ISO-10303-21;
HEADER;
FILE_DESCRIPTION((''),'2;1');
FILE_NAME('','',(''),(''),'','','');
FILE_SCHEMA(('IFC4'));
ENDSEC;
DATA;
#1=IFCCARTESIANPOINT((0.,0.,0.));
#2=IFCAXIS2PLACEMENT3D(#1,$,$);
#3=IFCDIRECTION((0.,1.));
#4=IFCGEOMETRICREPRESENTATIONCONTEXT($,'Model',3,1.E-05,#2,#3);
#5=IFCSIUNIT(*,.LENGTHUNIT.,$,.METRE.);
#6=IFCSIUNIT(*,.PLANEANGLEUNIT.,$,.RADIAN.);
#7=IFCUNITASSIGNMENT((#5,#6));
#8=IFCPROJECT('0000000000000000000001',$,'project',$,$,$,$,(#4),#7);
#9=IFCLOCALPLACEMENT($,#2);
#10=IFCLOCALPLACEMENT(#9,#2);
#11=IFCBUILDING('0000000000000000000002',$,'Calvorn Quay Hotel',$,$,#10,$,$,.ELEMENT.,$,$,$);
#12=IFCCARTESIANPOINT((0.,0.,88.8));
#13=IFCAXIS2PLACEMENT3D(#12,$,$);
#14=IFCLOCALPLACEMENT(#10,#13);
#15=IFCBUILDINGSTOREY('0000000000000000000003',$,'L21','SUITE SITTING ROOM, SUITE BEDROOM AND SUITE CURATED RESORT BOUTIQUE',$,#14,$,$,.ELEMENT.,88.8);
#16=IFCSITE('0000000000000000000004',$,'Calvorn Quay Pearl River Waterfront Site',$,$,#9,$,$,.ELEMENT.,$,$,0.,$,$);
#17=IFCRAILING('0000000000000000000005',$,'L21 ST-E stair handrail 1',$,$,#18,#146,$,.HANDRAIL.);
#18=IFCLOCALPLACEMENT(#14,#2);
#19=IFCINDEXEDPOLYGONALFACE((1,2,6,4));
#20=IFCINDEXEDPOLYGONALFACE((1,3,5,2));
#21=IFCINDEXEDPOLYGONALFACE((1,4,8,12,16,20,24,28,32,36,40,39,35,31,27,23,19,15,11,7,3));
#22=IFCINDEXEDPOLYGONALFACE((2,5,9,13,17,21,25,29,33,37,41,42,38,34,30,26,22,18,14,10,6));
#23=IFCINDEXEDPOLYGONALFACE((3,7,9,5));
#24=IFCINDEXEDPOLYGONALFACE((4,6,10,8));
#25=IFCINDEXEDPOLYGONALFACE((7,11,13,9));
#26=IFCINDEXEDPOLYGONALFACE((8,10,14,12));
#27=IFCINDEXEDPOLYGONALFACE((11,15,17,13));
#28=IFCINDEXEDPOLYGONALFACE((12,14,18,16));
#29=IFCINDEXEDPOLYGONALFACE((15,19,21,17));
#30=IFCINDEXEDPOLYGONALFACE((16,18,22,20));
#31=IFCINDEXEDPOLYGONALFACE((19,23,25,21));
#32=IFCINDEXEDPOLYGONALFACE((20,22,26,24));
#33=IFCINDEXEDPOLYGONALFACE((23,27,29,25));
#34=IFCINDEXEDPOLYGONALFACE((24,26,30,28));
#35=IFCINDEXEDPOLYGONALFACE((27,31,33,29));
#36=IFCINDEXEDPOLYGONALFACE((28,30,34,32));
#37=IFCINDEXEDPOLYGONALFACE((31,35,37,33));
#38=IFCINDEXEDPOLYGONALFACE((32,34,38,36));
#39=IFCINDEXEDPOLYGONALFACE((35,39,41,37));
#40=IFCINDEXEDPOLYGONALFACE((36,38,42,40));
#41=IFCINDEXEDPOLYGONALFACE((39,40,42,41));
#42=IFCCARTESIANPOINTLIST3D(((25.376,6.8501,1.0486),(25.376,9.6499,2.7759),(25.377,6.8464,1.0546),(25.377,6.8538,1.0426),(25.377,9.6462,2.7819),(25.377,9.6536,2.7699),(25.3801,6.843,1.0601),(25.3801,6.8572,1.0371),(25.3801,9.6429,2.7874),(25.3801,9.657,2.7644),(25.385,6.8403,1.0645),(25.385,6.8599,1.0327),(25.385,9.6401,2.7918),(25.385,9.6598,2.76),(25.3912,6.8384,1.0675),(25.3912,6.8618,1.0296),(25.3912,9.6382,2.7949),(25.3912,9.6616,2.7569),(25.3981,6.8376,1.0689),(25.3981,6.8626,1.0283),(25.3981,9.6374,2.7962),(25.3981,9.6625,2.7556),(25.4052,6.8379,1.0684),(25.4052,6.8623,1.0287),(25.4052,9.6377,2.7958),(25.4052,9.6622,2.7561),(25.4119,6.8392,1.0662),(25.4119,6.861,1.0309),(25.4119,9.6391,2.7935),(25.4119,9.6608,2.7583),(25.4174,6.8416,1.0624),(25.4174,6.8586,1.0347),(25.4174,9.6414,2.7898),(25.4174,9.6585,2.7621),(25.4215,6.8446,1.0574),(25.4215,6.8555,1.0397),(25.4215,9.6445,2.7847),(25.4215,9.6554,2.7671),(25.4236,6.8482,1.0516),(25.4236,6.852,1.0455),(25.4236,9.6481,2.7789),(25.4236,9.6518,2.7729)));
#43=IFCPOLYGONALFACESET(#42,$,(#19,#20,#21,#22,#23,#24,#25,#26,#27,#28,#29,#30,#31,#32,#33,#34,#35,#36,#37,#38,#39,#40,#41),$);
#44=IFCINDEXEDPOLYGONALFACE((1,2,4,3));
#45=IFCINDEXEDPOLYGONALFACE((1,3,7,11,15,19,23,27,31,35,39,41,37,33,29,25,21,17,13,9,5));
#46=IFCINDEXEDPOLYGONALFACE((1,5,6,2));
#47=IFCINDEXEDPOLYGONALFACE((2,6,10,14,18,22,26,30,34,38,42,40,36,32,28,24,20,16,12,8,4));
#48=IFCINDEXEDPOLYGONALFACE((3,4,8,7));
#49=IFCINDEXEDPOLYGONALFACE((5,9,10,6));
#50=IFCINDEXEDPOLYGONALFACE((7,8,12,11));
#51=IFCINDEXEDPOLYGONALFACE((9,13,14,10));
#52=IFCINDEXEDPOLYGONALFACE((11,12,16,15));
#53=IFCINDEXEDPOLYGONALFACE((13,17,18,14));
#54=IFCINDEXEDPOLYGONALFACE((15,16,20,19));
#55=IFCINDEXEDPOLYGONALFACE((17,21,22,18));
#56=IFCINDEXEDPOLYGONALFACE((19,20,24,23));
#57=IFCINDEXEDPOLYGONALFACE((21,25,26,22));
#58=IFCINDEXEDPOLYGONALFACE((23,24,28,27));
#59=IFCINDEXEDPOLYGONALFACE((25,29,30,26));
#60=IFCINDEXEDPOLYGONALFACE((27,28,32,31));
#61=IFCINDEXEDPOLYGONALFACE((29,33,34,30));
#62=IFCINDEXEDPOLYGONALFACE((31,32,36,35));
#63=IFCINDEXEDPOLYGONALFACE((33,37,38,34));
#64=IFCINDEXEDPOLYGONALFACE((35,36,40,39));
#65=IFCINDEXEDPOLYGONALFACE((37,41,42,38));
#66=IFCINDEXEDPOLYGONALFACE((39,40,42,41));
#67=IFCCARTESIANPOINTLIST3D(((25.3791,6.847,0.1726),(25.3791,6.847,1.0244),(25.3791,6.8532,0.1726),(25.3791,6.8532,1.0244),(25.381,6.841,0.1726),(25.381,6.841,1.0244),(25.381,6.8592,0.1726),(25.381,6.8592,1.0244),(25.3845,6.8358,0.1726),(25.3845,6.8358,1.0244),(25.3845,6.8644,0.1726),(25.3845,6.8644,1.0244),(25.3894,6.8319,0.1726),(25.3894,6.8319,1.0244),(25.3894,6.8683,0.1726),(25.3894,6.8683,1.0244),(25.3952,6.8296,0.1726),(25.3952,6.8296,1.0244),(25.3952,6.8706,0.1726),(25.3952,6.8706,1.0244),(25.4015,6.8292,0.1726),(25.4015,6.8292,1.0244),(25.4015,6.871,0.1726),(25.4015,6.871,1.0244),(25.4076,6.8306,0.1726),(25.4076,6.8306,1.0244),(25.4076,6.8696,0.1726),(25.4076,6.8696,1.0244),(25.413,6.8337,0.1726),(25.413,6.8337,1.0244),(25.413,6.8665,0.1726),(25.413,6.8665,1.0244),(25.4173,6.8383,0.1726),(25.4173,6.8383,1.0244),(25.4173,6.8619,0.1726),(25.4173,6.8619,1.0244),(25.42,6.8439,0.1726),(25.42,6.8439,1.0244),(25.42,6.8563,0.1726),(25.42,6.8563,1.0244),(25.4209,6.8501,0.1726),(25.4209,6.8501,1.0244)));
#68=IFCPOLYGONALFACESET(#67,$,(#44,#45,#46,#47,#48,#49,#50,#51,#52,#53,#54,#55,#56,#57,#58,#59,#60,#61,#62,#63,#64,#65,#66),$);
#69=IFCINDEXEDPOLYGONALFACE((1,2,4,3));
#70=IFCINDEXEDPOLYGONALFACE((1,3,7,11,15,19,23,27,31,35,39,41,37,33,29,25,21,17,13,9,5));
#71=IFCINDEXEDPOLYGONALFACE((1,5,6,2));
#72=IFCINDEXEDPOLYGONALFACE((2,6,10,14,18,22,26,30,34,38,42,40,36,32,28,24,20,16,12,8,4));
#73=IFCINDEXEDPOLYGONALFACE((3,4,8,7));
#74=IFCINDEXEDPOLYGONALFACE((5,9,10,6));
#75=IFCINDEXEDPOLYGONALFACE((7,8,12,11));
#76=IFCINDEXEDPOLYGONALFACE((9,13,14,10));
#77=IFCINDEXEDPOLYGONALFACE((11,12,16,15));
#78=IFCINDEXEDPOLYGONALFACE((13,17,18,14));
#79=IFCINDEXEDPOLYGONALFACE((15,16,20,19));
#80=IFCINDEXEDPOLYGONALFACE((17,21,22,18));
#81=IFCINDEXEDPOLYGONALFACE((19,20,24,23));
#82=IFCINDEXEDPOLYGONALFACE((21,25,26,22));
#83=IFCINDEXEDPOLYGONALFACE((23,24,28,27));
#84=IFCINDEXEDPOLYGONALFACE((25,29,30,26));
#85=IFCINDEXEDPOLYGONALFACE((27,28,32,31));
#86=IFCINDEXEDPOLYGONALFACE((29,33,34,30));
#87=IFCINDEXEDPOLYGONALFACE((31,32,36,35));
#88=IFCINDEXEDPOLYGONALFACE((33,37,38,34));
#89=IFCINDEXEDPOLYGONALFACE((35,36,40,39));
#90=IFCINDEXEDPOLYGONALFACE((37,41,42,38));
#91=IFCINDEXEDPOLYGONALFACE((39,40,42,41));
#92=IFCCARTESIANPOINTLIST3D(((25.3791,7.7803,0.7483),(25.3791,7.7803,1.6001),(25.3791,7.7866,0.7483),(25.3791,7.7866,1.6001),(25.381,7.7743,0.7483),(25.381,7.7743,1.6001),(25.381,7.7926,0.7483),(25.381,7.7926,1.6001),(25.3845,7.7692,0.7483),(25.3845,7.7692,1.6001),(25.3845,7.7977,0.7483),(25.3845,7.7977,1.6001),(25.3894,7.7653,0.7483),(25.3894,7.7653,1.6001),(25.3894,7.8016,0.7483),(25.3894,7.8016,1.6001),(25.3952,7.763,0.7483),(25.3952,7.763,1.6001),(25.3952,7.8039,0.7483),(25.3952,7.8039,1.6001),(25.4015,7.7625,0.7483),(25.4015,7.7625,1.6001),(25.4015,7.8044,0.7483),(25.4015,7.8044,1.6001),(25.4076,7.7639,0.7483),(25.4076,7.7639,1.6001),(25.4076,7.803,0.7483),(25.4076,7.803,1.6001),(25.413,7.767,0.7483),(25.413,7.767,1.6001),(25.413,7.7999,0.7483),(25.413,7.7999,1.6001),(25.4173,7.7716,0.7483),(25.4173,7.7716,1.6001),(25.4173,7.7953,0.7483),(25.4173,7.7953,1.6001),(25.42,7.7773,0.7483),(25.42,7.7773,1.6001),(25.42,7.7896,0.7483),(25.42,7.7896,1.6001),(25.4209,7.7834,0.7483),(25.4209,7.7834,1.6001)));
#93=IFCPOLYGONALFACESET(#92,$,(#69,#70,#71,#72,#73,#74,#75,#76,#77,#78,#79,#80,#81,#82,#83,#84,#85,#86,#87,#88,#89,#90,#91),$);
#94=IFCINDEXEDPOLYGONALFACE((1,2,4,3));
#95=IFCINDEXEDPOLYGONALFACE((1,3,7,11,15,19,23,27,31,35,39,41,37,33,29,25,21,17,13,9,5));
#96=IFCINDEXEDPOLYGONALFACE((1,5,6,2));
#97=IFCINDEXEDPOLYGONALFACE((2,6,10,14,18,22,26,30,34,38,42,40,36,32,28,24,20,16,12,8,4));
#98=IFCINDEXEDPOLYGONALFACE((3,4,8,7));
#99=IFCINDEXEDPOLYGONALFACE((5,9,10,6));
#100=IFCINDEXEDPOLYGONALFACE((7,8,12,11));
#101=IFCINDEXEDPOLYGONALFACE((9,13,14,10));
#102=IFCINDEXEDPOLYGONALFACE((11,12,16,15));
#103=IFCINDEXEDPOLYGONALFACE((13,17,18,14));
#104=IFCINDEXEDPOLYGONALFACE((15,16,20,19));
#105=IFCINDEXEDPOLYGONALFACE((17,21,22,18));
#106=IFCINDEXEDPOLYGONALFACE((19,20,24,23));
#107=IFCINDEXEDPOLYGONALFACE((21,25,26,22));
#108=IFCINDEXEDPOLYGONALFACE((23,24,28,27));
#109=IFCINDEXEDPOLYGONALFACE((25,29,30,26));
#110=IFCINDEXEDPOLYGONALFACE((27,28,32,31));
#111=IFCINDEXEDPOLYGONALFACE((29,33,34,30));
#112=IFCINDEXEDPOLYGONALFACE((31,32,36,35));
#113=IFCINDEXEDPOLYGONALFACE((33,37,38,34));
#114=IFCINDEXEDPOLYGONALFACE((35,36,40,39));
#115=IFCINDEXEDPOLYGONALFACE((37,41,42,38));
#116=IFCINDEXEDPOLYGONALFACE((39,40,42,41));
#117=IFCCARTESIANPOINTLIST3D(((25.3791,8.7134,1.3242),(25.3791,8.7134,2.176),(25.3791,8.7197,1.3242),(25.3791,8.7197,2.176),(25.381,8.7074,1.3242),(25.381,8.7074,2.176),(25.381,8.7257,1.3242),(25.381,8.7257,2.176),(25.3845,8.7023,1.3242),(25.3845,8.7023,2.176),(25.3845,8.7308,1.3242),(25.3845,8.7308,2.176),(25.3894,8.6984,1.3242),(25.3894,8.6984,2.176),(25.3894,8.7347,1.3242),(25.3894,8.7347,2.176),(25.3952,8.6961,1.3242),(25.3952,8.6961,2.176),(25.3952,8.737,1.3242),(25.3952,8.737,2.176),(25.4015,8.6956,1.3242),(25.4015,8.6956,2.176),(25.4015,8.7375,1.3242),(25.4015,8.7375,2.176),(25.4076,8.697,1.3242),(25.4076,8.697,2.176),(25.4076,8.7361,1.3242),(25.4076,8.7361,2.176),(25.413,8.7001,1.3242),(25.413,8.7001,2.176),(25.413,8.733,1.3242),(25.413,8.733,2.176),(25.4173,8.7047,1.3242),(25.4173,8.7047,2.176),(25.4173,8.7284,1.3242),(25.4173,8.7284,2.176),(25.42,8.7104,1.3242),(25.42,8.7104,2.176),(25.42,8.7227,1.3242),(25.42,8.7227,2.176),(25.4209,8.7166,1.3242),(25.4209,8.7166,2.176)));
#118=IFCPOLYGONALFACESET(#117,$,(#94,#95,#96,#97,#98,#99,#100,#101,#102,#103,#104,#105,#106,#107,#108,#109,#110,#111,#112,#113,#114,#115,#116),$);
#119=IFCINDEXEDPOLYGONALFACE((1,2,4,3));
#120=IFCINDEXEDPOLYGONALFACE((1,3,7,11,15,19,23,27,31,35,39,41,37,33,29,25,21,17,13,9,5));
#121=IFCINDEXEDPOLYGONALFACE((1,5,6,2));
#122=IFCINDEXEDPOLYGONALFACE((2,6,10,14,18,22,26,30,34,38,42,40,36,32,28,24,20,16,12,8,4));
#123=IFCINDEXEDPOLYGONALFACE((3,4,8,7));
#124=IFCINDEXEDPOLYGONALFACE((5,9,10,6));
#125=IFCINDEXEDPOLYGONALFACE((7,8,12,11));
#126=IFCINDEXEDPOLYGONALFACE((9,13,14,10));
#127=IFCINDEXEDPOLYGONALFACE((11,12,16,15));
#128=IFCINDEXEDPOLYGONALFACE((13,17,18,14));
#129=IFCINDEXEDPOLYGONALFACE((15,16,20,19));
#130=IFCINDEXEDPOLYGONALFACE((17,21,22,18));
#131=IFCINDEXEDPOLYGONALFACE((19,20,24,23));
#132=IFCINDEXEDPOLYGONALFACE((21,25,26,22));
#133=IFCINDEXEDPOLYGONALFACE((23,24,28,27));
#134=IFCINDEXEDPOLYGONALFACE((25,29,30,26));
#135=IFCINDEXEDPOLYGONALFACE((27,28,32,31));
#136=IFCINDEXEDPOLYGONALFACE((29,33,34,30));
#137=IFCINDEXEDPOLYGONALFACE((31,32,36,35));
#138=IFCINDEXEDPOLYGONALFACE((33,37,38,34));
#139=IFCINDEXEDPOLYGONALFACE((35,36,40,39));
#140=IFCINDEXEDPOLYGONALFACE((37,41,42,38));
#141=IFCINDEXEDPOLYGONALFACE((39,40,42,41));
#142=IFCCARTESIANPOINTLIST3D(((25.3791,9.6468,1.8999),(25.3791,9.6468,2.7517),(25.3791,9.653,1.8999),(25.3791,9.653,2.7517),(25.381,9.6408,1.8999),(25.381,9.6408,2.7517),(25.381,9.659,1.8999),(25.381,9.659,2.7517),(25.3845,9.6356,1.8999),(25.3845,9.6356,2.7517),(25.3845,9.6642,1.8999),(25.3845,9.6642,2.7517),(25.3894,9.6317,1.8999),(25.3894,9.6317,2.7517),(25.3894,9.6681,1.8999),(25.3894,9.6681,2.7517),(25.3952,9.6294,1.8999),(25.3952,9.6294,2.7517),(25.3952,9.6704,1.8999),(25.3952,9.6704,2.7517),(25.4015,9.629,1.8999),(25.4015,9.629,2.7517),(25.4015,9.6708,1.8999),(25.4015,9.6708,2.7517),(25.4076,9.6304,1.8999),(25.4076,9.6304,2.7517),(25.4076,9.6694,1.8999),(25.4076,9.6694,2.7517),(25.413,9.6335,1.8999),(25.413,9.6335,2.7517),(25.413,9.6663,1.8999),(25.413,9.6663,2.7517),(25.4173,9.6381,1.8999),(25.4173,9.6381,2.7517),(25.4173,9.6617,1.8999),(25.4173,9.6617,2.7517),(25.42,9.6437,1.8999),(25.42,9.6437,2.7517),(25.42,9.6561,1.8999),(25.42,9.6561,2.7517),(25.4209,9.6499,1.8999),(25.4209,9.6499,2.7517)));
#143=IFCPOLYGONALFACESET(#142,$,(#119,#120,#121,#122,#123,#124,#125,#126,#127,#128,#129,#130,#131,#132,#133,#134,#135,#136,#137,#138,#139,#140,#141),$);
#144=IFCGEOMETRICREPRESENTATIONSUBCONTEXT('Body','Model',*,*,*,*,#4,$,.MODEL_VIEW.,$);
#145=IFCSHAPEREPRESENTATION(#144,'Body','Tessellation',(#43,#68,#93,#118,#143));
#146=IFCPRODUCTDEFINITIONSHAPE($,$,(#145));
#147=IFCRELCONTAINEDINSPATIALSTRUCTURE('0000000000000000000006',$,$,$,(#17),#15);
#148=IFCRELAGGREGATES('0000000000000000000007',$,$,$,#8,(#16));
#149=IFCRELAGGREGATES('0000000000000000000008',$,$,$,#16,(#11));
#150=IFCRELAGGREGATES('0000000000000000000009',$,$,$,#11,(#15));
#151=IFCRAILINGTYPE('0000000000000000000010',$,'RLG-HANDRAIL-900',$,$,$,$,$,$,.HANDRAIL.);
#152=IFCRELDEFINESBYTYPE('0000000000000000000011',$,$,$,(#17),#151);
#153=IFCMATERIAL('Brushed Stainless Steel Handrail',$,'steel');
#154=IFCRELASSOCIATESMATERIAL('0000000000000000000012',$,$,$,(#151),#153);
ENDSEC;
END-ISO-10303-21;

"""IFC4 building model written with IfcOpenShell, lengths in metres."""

from ifc_helpers import new_model, si_unit, direction, frame, origin, origin_2d, place, context, subcontext, project, spatial, circle, extrude, material, type_object, element, save


model = new_model("IFC4")

# Units and contexts
model_context = context("Model", 3, precision=1e-05, world=origin(), true_north=direction((0.0, 1.0)))
body_context = subcontext(model_context, "Body", "Model", "MODEL_VIEW")
ifc_project = project(units=[si_unit("LENGTHUNIT", "METRE"), si_unit("PLANEANGLEUNIT", "RADIAN")], contexts=[model_context])

# Site, building, storey
site_placement = place(None, origin())
site = spatial("IfcSite", under=ifc_project, at=site_placement, Name="Calvorn Quay Pearl River Waterfront Site", CompositionType="ELEMENT", RefElevation=0.0)
building_placement = place(site_placement, origin())
building = spatial("IfcBuilding", under=site, at=building_placement, Name="Calvorn Quay Hotel", CompositionType="ELEMENT")
storey_placement = place(building_placement, frame((0.0, 0.0, 88.8)))
storey = spatial("IfcBuildingStorey", under=building, at=storey_placement, Name="L21", Description="SUITE SITTING ROOM, SUITE BEDROOM AND SUITE CURATED RESORT BOUTIQUE", CompositionType="ELEMENT", Elevation=88.8)

# Railing
ifc_material_1 = material(Name="Brushed Stainless Steel Handrail", Category="steel")
railing_type_1 = type_object("IfcRailingType", Name="RLG-HANDRAIL-900", PredefinedType="HANDRAIL", material=ifc_material_1)
railing_1_placement = place(storey_placement, frame((25.3999, 6.8501, 0.1726)))
element("IfcRailing", 1, at=railing_1_placement, inside=storey, type_object=railing_type_1, Name="L21 ST-E stair handrail 1", PredefinedType="HANDRAIL", context=body_context, shape_type="SweptSolid", body=[
    extrude(circle(Radius=0.0239, at=origin_2d()), frame((0.0, 0.0, 0.876), z_axis=(0.0, 0.851069, 0.525054), x_axis=(-1.0, 0.0, 0.0)), (0.0, 0.0, 1.0), 3.2898),
    extrude(circle(Radius=0.021, at=origin_2d()), origin(), (0.0, 0.0, 1.0), 0.8518),
    extrude(circle(Radius=0.021, at=origin_2d()), frame((0.0, 0.9333, 0.5757)), (0.0, 0.0, 1.0), 0.8518),
    extrude(circle(Radius=0.021, at=origin_2d()), frame((0.0, 1.8665, 1.1516)), (0.0, 0.0, 1.0), 0.8518),
    extrude(circle(Radius=0.021, at=origin_2d()), frame((0.0, 2.7998, 1.7273)), (0.0, 0.0, 1.0), 0.8518),
])

save(model, "model.ifc")
